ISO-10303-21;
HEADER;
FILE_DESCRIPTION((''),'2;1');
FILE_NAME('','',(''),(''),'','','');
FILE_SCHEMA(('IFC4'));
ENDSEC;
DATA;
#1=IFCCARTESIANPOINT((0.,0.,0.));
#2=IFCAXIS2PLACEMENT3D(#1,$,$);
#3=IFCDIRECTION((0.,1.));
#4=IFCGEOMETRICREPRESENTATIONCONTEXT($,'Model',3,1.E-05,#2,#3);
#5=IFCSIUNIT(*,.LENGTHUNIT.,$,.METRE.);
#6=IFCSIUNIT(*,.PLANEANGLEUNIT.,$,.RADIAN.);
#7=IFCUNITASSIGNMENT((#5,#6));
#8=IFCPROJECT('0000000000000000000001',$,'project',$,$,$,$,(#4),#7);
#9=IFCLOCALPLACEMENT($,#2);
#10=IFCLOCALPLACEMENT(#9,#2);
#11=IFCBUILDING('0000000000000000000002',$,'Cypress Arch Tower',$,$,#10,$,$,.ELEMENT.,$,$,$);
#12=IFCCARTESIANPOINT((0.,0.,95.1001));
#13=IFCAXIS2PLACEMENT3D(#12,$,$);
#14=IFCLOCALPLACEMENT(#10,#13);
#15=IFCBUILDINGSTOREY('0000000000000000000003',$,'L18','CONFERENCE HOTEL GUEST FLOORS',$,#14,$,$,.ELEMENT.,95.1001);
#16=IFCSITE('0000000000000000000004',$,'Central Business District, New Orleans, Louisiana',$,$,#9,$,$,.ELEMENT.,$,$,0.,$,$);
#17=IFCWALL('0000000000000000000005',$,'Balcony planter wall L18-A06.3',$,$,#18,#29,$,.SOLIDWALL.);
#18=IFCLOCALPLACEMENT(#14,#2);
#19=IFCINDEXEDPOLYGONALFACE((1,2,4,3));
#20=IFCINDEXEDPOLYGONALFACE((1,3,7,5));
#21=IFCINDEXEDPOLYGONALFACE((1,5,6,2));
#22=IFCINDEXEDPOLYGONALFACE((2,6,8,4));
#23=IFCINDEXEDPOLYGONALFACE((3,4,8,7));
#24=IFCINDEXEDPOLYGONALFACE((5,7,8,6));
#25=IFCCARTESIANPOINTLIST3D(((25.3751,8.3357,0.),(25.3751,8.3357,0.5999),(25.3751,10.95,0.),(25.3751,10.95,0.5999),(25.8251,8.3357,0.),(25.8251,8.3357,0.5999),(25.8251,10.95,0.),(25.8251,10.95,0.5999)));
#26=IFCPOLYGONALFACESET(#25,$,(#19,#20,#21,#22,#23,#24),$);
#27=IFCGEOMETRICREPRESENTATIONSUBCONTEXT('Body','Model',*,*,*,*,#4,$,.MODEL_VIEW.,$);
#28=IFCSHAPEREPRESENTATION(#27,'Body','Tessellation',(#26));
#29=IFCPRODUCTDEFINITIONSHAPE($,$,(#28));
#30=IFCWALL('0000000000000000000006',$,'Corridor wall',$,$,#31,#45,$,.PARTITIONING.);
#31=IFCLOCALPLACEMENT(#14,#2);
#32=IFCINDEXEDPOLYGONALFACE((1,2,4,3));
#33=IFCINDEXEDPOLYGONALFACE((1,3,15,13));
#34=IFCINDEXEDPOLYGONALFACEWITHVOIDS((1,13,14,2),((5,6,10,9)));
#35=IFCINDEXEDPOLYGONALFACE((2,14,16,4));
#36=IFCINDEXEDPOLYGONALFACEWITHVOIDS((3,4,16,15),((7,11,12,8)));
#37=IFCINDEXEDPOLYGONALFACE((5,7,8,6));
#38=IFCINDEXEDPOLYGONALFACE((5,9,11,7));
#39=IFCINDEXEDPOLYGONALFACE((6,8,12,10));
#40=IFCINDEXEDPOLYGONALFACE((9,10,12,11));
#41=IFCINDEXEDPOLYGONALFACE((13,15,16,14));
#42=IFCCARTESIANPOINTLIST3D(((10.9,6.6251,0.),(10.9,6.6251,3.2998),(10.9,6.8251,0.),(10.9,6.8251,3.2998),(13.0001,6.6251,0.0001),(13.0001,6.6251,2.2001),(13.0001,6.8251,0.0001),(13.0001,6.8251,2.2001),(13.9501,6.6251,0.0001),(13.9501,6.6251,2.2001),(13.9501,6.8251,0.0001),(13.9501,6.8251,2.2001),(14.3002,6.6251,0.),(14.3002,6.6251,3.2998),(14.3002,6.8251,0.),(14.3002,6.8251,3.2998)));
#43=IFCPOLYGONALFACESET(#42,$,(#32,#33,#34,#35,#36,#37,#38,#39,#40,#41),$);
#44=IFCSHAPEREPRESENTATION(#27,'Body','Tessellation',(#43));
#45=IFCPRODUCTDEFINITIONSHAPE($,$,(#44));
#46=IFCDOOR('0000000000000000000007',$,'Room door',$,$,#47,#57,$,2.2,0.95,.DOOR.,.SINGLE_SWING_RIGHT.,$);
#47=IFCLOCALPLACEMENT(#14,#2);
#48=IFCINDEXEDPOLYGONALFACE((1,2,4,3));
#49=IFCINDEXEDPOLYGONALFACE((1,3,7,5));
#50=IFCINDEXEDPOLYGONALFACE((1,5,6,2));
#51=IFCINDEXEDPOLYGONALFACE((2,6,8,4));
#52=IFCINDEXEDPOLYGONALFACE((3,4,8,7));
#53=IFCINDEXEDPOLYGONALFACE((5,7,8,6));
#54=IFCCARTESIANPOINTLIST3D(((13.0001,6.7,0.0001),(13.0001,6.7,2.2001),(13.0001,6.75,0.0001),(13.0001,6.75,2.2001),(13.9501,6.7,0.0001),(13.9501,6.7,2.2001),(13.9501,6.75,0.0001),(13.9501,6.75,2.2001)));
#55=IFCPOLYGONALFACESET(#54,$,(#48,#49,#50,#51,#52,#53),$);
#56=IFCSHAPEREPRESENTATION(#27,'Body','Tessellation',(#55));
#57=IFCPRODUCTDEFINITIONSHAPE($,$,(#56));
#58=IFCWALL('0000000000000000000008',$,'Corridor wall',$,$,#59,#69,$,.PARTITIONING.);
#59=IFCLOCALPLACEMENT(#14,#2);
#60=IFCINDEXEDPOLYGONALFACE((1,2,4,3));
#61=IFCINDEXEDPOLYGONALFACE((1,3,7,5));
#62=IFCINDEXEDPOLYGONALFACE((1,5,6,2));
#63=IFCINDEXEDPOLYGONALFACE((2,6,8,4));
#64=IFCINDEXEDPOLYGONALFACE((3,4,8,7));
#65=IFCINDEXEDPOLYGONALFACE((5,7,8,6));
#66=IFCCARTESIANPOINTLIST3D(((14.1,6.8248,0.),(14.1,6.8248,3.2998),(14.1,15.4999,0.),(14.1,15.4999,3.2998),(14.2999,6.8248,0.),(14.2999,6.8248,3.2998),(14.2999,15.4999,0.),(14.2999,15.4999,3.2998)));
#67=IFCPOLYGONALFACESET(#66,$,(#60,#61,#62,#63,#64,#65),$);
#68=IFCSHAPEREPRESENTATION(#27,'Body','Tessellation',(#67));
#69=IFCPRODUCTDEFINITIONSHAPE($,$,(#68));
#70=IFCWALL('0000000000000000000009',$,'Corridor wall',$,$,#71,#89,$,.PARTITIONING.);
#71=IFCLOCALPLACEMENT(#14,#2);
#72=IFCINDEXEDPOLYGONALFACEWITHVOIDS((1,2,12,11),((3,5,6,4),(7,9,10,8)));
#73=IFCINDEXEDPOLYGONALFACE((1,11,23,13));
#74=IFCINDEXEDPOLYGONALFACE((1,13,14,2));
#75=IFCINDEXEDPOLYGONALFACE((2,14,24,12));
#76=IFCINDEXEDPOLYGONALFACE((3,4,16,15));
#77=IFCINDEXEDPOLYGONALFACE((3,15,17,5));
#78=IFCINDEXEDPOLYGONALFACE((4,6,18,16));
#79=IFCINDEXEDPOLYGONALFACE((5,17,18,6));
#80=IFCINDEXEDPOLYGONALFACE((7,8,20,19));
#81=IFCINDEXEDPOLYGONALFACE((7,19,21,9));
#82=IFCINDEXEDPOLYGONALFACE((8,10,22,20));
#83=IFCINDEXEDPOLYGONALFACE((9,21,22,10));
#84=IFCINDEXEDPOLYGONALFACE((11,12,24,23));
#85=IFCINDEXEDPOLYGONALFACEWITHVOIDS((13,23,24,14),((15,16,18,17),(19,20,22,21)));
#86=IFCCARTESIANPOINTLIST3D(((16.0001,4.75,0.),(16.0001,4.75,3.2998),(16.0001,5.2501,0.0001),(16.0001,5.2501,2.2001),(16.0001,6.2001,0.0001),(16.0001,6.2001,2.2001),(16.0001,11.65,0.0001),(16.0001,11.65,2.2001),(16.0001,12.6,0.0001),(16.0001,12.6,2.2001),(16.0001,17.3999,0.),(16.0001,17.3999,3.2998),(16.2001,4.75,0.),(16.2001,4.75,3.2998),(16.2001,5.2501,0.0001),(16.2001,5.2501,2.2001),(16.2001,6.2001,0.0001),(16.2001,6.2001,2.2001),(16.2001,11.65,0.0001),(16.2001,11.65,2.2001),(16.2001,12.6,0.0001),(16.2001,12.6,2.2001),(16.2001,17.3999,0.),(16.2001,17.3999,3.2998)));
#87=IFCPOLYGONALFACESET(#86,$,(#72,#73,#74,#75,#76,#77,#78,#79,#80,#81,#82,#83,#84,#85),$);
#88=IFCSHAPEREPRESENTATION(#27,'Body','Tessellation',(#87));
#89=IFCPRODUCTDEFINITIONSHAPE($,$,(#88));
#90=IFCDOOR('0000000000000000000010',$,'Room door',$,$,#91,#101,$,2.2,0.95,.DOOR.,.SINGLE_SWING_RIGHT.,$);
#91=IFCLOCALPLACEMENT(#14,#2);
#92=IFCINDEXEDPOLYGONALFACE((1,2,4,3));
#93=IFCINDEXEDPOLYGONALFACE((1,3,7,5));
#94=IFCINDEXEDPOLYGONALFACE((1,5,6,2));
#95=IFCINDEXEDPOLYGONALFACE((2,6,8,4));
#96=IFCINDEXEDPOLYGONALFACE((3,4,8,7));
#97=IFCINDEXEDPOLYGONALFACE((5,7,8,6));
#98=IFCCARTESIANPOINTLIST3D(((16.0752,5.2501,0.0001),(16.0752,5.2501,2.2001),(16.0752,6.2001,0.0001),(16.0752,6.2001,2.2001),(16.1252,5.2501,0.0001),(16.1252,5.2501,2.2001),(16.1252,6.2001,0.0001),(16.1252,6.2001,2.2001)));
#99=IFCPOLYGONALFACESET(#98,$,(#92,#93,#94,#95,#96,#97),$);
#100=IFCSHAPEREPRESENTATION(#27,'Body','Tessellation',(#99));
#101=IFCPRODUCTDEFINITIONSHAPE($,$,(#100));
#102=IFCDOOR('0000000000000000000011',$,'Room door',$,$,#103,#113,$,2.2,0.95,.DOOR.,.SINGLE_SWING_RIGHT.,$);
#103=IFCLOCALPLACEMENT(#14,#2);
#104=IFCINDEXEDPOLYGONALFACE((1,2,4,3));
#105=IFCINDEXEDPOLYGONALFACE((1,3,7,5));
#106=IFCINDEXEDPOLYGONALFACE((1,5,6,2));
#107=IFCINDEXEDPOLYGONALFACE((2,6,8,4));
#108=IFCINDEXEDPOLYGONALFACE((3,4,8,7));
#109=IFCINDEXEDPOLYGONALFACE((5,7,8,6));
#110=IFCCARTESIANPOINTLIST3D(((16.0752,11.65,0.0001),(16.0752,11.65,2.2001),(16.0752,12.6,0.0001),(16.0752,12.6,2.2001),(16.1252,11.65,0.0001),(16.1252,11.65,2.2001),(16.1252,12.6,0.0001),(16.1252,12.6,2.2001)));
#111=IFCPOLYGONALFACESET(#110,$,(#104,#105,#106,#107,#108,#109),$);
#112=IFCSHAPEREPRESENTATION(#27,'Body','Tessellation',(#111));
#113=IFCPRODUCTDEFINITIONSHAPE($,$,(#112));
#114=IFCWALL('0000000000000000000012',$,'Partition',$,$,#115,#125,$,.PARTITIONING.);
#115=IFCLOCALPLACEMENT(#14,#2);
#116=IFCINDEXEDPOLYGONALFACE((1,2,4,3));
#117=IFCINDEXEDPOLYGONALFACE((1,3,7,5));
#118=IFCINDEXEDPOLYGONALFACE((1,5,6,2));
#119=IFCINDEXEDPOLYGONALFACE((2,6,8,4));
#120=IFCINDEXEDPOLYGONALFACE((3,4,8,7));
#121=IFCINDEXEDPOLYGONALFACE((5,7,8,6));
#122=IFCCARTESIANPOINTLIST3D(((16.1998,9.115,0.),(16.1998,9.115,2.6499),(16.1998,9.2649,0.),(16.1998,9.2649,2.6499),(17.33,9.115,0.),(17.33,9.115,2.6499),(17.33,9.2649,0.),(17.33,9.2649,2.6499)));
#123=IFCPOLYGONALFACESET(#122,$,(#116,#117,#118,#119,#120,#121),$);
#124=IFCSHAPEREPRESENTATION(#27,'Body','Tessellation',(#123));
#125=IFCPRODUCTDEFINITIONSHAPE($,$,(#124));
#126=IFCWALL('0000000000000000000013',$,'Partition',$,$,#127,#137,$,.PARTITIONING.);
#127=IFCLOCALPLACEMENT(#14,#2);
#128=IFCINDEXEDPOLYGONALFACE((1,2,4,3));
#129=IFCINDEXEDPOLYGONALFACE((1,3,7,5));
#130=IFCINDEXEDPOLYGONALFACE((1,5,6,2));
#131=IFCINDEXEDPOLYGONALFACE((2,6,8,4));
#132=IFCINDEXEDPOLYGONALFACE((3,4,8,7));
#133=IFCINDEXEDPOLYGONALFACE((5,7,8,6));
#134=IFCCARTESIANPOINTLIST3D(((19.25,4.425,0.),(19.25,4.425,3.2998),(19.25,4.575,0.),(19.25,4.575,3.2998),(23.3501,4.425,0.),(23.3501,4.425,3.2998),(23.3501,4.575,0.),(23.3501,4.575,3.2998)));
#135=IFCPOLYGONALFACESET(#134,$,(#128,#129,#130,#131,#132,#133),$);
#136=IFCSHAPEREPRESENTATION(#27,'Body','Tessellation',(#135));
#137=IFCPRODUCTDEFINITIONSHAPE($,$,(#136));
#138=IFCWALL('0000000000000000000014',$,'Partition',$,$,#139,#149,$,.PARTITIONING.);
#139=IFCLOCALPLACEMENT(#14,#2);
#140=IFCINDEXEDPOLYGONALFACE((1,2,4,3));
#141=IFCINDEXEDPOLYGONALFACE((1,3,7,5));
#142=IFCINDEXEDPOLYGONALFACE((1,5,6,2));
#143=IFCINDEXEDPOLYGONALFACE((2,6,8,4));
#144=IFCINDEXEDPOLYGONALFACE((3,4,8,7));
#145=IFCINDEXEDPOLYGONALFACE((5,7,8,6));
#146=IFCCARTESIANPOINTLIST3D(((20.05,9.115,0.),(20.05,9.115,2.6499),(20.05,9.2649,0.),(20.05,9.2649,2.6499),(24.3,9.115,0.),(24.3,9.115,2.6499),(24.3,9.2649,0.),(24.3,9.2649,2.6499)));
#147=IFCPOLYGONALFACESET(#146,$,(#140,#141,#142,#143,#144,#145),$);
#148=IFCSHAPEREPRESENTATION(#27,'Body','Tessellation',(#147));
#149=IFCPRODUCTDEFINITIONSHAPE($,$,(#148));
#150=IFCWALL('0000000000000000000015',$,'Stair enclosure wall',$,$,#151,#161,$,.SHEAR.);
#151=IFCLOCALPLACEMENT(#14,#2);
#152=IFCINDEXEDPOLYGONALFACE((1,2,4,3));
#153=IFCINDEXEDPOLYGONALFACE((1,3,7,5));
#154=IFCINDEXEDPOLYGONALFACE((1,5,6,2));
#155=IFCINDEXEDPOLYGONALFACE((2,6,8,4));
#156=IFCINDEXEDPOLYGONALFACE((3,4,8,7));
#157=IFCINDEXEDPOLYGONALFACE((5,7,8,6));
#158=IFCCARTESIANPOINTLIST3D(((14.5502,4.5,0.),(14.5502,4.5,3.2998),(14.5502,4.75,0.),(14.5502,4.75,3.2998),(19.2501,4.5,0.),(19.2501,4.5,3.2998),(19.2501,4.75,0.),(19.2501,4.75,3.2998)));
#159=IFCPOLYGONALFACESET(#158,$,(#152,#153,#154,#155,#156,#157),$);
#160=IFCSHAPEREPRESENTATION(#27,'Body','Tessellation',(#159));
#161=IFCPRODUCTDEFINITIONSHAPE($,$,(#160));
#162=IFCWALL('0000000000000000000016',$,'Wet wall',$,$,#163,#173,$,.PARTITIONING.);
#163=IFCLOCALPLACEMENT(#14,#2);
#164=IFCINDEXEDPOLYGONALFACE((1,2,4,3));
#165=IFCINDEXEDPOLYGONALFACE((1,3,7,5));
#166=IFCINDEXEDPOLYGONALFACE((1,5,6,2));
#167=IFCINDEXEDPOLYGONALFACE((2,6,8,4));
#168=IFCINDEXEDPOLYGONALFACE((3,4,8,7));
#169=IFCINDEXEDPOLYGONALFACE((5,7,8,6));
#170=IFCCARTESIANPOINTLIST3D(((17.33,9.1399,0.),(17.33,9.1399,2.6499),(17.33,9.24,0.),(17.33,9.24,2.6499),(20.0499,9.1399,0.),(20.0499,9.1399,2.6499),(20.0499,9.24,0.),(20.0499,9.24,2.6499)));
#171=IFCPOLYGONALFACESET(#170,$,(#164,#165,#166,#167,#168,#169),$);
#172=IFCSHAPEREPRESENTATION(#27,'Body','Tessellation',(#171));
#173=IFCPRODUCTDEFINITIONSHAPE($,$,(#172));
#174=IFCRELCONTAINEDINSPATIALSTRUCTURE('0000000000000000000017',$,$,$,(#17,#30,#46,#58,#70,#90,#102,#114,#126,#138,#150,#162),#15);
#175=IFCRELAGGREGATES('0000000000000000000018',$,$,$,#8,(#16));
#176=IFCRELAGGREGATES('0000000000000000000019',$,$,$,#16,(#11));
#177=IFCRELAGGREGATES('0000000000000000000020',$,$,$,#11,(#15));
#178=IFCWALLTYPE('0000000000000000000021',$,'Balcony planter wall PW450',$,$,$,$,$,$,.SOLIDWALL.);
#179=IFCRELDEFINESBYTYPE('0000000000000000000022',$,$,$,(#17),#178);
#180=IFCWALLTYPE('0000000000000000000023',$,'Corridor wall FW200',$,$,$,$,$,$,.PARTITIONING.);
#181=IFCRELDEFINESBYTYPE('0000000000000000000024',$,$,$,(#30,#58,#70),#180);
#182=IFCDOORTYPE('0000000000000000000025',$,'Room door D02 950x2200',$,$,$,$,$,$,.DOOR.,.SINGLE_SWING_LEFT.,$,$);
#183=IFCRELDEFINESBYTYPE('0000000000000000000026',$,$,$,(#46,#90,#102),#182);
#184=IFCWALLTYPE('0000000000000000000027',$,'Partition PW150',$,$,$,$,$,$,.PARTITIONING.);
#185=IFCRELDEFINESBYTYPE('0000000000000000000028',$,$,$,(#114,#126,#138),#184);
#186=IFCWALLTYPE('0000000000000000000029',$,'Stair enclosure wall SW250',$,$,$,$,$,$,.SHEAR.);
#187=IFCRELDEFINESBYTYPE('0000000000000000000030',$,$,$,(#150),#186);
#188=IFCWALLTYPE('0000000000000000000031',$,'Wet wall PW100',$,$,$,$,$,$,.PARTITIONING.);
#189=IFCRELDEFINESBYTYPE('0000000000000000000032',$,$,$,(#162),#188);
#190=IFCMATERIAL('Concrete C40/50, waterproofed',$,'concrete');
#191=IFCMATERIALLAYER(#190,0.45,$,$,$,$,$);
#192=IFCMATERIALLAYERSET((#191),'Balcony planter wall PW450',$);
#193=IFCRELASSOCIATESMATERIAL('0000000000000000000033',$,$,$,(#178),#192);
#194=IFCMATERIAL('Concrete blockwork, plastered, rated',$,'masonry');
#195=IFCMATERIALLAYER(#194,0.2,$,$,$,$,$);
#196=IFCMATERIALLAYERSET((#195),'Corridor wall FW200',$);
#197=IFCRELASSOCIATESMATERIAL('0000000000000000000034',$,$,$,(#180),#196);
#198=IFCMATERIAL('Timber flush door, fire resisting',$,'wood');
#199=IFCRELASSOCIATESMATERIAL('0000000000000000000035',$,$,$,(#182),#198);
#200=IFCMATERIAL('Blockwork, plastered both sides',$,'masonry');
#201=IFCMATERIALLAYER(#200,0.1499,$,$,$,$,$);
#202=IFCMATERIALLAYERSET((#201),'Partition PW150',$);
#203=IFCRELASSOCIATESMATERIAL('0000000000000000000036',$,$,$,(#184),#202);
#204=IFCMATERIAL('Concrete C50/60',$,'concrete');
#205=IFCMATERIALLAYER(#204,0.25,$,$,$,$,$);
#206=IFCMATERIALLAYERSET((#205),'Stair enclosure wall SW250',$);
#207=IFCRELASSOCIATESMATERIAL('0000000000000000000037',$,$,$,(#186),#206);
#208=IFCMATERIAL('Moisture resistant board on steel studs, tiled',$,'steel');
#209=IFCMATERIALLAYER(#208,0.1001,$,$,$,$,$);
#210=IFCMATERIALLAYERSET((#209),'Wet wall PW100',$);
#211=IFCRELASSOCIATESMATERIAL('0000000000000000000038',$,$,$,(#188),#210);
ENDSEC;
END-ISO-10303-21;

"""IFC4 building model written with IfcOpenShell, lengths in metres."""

from ifc_helpers import new_model, si_unit, direction, frame, frame_2d, origin, place, context, subcontext, project, spatial, rectangle, extrude, material, layer, layer_set, type_object, element, fill, save


model = new_model("IFC4")

# Units and contexts
model_context = context("Model", 3, precision=1e-05, world=origin(), true_north=direction((0.0, 1.0)))
body_context = subcontext(model_context, "Body", "Model", "MODEL_VIEW")
ifc_project = project(units=[si_unit("LENGTHUNIT", "METRE"), si_unit("PLANEANGLEUNIT", "RADIAN")], contexts=[model_context])

# Site, building, storey
site_placement = place(None, origin())
site = spatial("IfcSite", under=ifc_project, at=site_placement, Name="Central Business District, New Orleans, Louisiana", CompositionType="ELEMENT", RefElevation=0.0)
building_placement = place(site_placement, origin())
building = spatial("IfcBuilding", under=site, at=building_placement, Name="Cypress Arch Tower", CompositionType="ELEMENT")
storey_placement = place(building_placement, frame((0.0, 0.0, 95.1001)))
storey = spatial("IfcBuildingStorey", under=building, at=storey_placement, Name="L18", Description="CONFERENCE HOTEL GUEST FLOORS", CompositionType="ELEMENT", Elevation=95.1001)

# Wall
ifc_material_1 = material(Name="Concrete C40/50, waterproofed", Category="concrete")
ifc_layer_1 = layer(ifc_material_1, 0.45)
ifc_layer_set_1 = layer_set([ifc_layer_1], Name="Balcony planter wall PW450")
wall_type_1 = type_object("IfcWallType", Name="Balcony planter wall PW450", PredefinedType="SOLIDWALL", material=ifc_layer_set_1)
wall_1_placement = place(storey_placement, frame((25.6001, 8.3357, 0.0), z_axis=(0.0, 0.0, 1.0), x_axis=(0.0, 1.0, 0.0)))
element("IfcWall", 1, at=wall_1_placement, inside=storey, type_object=wall_type_1, Name="Balcony planter wall L18-A06.3", PredefinedType="SOLIDWALL", context=body_context, shape_type="SweptSolid", body=[
    extrude(rectangle(XDim=2.6143, YDim=0.45, at=frame_2d((1.3071, 0.0))), origin(), (0.0, 0.0, 1.0), 0.5999),
])

# Wall, opening, door
ifc_material_2 = material(Name="Concrete blockwork, plastered, rated", Category="masonry")
ifc_layer_2 = layer(ifc_material_2, 0.2)
ifc_layer_set_2 = layer_set([ifc_layer_2], Name="Corridor wall FW200")
wall_type_2 = type_object("IfcWallType", Name="Corridor wall FW200", PredefinedType="PARTITIONING", material=ifc_layer_set_2)
wall_2_placement = place(storey_placement, frame((10.8999, 6.7251, 0.0), z_axis=(0.0, 0.0, 1.0), x_axis=(1.0, 0.0, 0.0)))
wall_2 = element("IfcWall", 2, at=wall_2_placement, inside=storey, type_object=wall_type_2, Name="Corridor wall", PredefinedType="PARTITIONING", context=body_context, shape_type="SweptSolid", body=[
    extrude(rectangle(XDim=3.4001, YDim=0.2, at=frame_2d((1.7002, 0.0))), origin(), (0.0, 0.0, 1.0), 3.2998),
])
opening_1_placement = place(wall_2_placement, frame((2.1001, 0.0, 0.0)))
opening_1 = element("IfcOpeningElement", 3, at=opening_1_placement, cuts=wall_2, PredefinedType="OPENING", context=body_context, shape_type="SweptSolid", body=[
    extrude(rectangle(XDim=0.95, YDim=2.2, at=frame_2d((0.4751, 1.1001))), frame((0.0, 0.1099, 0.0), z_axis=(0.0, -1.0, 0.0), x_axis=(1.0, 0.0, 0.0)), (0.0, 0.0, 1.0), 0.22),
])
ifc_material_3 = material(Name="Timber flush door, fire resisting", Category="wood")
door_type_1 = type_object("IfcDoorType", Name="Room door D02 950x2200", OperationType="SINGLE_SWING_LEFT", PredefinedType="DOOR", material=ifc_material_3)
door_1_placement = place(opening_1_placement, origin())
door_1 = element("IfcDoor", 4, at=door_1_placement, inside=storey, type_object=door_type_1, Name="Room door", OperationType="SINGLE_SWING_RIGHT", OverallHeight=2.2, OverallWidth=0.95, PredefinedType="DOOR", context=body_context, shape_type="SweptSolid", body=[
    extrude(rectangle(XDim=0.95, YDim=2.2, at=frame_2d((0.4751, 1.1001))), frame((0.0, 0.0249, 0.0), z_axis=(0.0, -1.0, 0.0), x_axis=(1.0, 0.0, 0.0)), (0.0, 0.0, 1.0), 0.05),
])
fill(opening_1, door_1)

# Wall
wall_3_placement = place(storey_placement, frame((14.2, 6.825, 0.0), z_axis=(0.0, 0.0, 1.0), x_axis=(0.0, 1.0, 0.0)))
element("IfcWall", 5, at=wall_3_placement, inside=storey, type_object=wall_type_2, Name="Corridor wall", PredefinedType="PARTITIONING", context=body_context, shape_type="SweptSolid", body=[
    extrude(rectangle(XDim=8.675, YDim=0.2, at=frame_2d((4.3374, 0.0))), origin(), (0.0, 0.0, 1.0), 3.2998),
])

# Wall, openings, doors
wall_4_placement = place(storey_placement, frame((16.1001, 4.75, 0.0), z_axis=(0.0, 0.0, 1.0), x_axis=(0.0, 1.0, 0.0)))
wall_4 = element("IfcWall", 6, at=wall_4_placement, inside=storey, type_object=wall_type_2, Name="Corridor wall", PredefinedType="PARTITIONING", context=body_context, shape_type="SweptSolid", body=[
    extrude(rectangle(XDim=12.6499, YDim=0.2, at=frame_2d((6.325, 0.0))), origin(), (0.0, 0.0, 1.0), 3.2998),
])
opening_2_placement = place(wall_4_placement, frame((0.5, 0.0, 0.0)))
opening_2 = element("IfcOpeningElement", 7, at=opening_2_placement, cuts=wall_4, PredefinedType="OPENING", context=body_context, shape_type="SweptSolid", body=[
    extrude(rectangle(XDim=0.95, YDim=2.2, at=frame_2d((0.4751, 1.1001))), frame((0.0, 0.1099, 0.0), z_axis=(0.0, -1.0, 0.0), x_axis=(1.0, 0.0, 0.0)), (0.0, 0.0, 1.0), 0.22),
])
opening_3_placement = place(wall_4_placement, frame((6.8999, 0.0, 0.0)))
opening_3 = element("IfcOpeningElement", 8, at=opening_3_placement, cuts=wall_4, PredefinedType="OPENING", context=body_context, shape_type="SweptSolid", body=[
    extrude(rectangle(XDim=0.95, YDim=2.2, at=frame_2d((0.4751, 1.1001))), frame((0.0, 0.1099, 0.0), z_axis=(0.0, -1.0, 0.0), x_axis=(1.0, 0.0, 0.0)), (0.0, 0.0, 1.0), 0.22),
])
door_2_placement = place(opening_2_placement, origin())
door_2 = element("IfcDoor", 9, at=door_2_placement, inside=storey, type_object=door_type_1, Name="Room door", OperationType="SINGLE_SWING_RIGHT", OverallHeight=2.2, OverallWidth=0.95, PredefinedType="DOOR", context=body_context, shape_type="SweptSolid", body=[
    extrude(rectangle(XDim=0.95, YDim=2.2, at=frame_2d((0.4751, 1.1001))), frame((0.0, 0.0249, 0.0), z_axis=(0.0, -1.0, 0.0), x_axis=(1.0, 0.0, 0.0)), (0.0, 0.0, 1.0), 0.05),
])
fill(opening_2, door_2)
door_3_placement = place(opening_3_placement, origin())
door_3 = element("IfcDoor", 10, at=door_3_placement, inside=storey, type_object=door_type_1, Name="Room door", OperationType="SINGLE_SWING_RIGHT", OverallHeight=2.2, OverallWidth=0.95, PredefinedType="DOOR", context=body_context, shape_type="SweptSolid", body=[
    extrude(rectangle(XDim=0.95, YDim=2.2, at=frame_2d((0.4751, 1.1001))), frame((0.0, 0.0249, 0.0), z_axis=(0.0, -1.0, 0.0), x_axis=(1.0, 0.0, 0.0)), (0.0, 0.0, 1.0), 0.05),
])
fill(opening_3, door_3)

# Walls
ifc_material_4 = material(Name="Blockwork, plastered both sides", Category="masonry")
ifc_layer_3 = layer(ifc_material_4, 0.1499)
ifc_layer_set_3 = layer_set([ifc_layer_3], Name="Partition PW150")
wall_type_3 = type_object("IfcWallType", Name="Partition PW150", PredefinedType="PARTITIONING", material=ifc_layer_set_3)
wall_5_placement = place(storey_placement, frame((16.2, 9.1899, 0.0), z_axis=(0.0, 0.0, 1.0), x_axis=(1.0, 0.0, 0.0)))
element("IfcWall", 11, at=wall_5_placement, inside=storey, type_object=wall_type_3, Name="Partition", PredefinedType="PARTITIONING", context=body_context, shape_type="SweptSolid", body=[
    extrude(rectangle(XDim=1.1301, YDim=0.1499, at=frame_2d((0.5649, 0.0))), origin(), (0.0, 0.0, 1.0), 2.6499),
])
wall_6_placement = place(storey_placement, frame((19.25, 4.5, 0.0), z_axis=(0.0, 0.0, 1.0), x_axis=(1.0, 0.0, 0.0)))
element("IfcWall", 12, at=wall_6_placement, inside=storey, type_object=wall_type_3, Name="Partition", PredefinedType="PARTITIONING", context=body_context, shape_type="SweptSolid", body=[
    extrude(rectangle(XDim=4.1001, YDim=0.1499, at=frame_2d((2.05, 0.0))), origin(), (0.0, 0.0, 1.0), 3.2998),
])
wall_7_placement = place(storey_placement, frame((20.05, 9.1899, 0.0), z_axis=(0.0, 0.0, 1.0), x_axis=(1.0, 0.0, 0.0)))
element("IfcWall", 13, at=wall_7_placement, inside=storey, type_object=wall_type_3, Name="Partition", PredefinedType="PARTITIONING", context=body_context, shape_type="SweptSolid", body=[
    extrude(rectangle(XDim=4.25, YDim=0.1499, at=frame_2d((2.125, 0.0))), origin(), (0.0, 0.0, 1.0), 2.6499),
])
ifc_material_5 = material(Name="Concrete C50/60", Category="concrete")
ifc_layer_4 = layer(ifc_material_5, 0.25)
ifc_layer_set_4 = layer_set([ifc_layer_4], Name="Stair enclosure wall SW250")
wall_type_4 = type_object("IfcWallType", Name="Stair enclosure wall SW250", PredefinedType="SHEAR", material=ifc_layer_set_4)
wall_8_placement = place(storey_placement, frame((14.55, 4.625, 0.0), z_axis=(0.0, 0.0, 1.0), x_axis=(1.0, 0.0, 0.0)))
element("IfcWall", 14, at=wall_8_placement, inside=storey, type_object=wall_type_4, Name="Stair enclosure wall", PredefinedType="SHEAR", context=body_context, shape_type="SweptSolid", body=[
    extrude(rectangle(XDim=4.7, YDim=0.25, at=frame_2d((2.3501, 0.0))), origin(), (0.0, 0.0, 1.0), 3.2998),
])
ifc_material_6 = material(Name="Moisture resistant board on steel studs, tiled", Category="steel")
ifc_layer_5 = layer(ifc_material_6, 0.1001)
ifc_layer_set_5 = layer_set([ifc_layer_5], Name="Wet wall PW100")
wall_type_5 = type_object("IfcWallType", Name="Wet wall PW100", PredefinedType="PARTITIONING", material=ifc_layer_set_5)
wall_9_placement = place(storey_placement, frame((17.3301, 9.1899, 0.0), z_axis=(0.0, 0.0, 1.0), x_axis=(1.0, 0.0, 0.0)))
element("IfcWall", 15, at=wall_9_placement, inside=storey, type_object=wall_type_5, Name="Wet wall", PredefinedType="PARTITIONING", context=body_context, shape_type="SweptSolid", body=[
    extrude(rectangle(XDim=2.72, YDim=0.1001, at=frame_2d((1.3599, 0.0))), origin(), (0.0, 0.0, 1.0), 2.6499),
])

save(model, "model.ifc")
